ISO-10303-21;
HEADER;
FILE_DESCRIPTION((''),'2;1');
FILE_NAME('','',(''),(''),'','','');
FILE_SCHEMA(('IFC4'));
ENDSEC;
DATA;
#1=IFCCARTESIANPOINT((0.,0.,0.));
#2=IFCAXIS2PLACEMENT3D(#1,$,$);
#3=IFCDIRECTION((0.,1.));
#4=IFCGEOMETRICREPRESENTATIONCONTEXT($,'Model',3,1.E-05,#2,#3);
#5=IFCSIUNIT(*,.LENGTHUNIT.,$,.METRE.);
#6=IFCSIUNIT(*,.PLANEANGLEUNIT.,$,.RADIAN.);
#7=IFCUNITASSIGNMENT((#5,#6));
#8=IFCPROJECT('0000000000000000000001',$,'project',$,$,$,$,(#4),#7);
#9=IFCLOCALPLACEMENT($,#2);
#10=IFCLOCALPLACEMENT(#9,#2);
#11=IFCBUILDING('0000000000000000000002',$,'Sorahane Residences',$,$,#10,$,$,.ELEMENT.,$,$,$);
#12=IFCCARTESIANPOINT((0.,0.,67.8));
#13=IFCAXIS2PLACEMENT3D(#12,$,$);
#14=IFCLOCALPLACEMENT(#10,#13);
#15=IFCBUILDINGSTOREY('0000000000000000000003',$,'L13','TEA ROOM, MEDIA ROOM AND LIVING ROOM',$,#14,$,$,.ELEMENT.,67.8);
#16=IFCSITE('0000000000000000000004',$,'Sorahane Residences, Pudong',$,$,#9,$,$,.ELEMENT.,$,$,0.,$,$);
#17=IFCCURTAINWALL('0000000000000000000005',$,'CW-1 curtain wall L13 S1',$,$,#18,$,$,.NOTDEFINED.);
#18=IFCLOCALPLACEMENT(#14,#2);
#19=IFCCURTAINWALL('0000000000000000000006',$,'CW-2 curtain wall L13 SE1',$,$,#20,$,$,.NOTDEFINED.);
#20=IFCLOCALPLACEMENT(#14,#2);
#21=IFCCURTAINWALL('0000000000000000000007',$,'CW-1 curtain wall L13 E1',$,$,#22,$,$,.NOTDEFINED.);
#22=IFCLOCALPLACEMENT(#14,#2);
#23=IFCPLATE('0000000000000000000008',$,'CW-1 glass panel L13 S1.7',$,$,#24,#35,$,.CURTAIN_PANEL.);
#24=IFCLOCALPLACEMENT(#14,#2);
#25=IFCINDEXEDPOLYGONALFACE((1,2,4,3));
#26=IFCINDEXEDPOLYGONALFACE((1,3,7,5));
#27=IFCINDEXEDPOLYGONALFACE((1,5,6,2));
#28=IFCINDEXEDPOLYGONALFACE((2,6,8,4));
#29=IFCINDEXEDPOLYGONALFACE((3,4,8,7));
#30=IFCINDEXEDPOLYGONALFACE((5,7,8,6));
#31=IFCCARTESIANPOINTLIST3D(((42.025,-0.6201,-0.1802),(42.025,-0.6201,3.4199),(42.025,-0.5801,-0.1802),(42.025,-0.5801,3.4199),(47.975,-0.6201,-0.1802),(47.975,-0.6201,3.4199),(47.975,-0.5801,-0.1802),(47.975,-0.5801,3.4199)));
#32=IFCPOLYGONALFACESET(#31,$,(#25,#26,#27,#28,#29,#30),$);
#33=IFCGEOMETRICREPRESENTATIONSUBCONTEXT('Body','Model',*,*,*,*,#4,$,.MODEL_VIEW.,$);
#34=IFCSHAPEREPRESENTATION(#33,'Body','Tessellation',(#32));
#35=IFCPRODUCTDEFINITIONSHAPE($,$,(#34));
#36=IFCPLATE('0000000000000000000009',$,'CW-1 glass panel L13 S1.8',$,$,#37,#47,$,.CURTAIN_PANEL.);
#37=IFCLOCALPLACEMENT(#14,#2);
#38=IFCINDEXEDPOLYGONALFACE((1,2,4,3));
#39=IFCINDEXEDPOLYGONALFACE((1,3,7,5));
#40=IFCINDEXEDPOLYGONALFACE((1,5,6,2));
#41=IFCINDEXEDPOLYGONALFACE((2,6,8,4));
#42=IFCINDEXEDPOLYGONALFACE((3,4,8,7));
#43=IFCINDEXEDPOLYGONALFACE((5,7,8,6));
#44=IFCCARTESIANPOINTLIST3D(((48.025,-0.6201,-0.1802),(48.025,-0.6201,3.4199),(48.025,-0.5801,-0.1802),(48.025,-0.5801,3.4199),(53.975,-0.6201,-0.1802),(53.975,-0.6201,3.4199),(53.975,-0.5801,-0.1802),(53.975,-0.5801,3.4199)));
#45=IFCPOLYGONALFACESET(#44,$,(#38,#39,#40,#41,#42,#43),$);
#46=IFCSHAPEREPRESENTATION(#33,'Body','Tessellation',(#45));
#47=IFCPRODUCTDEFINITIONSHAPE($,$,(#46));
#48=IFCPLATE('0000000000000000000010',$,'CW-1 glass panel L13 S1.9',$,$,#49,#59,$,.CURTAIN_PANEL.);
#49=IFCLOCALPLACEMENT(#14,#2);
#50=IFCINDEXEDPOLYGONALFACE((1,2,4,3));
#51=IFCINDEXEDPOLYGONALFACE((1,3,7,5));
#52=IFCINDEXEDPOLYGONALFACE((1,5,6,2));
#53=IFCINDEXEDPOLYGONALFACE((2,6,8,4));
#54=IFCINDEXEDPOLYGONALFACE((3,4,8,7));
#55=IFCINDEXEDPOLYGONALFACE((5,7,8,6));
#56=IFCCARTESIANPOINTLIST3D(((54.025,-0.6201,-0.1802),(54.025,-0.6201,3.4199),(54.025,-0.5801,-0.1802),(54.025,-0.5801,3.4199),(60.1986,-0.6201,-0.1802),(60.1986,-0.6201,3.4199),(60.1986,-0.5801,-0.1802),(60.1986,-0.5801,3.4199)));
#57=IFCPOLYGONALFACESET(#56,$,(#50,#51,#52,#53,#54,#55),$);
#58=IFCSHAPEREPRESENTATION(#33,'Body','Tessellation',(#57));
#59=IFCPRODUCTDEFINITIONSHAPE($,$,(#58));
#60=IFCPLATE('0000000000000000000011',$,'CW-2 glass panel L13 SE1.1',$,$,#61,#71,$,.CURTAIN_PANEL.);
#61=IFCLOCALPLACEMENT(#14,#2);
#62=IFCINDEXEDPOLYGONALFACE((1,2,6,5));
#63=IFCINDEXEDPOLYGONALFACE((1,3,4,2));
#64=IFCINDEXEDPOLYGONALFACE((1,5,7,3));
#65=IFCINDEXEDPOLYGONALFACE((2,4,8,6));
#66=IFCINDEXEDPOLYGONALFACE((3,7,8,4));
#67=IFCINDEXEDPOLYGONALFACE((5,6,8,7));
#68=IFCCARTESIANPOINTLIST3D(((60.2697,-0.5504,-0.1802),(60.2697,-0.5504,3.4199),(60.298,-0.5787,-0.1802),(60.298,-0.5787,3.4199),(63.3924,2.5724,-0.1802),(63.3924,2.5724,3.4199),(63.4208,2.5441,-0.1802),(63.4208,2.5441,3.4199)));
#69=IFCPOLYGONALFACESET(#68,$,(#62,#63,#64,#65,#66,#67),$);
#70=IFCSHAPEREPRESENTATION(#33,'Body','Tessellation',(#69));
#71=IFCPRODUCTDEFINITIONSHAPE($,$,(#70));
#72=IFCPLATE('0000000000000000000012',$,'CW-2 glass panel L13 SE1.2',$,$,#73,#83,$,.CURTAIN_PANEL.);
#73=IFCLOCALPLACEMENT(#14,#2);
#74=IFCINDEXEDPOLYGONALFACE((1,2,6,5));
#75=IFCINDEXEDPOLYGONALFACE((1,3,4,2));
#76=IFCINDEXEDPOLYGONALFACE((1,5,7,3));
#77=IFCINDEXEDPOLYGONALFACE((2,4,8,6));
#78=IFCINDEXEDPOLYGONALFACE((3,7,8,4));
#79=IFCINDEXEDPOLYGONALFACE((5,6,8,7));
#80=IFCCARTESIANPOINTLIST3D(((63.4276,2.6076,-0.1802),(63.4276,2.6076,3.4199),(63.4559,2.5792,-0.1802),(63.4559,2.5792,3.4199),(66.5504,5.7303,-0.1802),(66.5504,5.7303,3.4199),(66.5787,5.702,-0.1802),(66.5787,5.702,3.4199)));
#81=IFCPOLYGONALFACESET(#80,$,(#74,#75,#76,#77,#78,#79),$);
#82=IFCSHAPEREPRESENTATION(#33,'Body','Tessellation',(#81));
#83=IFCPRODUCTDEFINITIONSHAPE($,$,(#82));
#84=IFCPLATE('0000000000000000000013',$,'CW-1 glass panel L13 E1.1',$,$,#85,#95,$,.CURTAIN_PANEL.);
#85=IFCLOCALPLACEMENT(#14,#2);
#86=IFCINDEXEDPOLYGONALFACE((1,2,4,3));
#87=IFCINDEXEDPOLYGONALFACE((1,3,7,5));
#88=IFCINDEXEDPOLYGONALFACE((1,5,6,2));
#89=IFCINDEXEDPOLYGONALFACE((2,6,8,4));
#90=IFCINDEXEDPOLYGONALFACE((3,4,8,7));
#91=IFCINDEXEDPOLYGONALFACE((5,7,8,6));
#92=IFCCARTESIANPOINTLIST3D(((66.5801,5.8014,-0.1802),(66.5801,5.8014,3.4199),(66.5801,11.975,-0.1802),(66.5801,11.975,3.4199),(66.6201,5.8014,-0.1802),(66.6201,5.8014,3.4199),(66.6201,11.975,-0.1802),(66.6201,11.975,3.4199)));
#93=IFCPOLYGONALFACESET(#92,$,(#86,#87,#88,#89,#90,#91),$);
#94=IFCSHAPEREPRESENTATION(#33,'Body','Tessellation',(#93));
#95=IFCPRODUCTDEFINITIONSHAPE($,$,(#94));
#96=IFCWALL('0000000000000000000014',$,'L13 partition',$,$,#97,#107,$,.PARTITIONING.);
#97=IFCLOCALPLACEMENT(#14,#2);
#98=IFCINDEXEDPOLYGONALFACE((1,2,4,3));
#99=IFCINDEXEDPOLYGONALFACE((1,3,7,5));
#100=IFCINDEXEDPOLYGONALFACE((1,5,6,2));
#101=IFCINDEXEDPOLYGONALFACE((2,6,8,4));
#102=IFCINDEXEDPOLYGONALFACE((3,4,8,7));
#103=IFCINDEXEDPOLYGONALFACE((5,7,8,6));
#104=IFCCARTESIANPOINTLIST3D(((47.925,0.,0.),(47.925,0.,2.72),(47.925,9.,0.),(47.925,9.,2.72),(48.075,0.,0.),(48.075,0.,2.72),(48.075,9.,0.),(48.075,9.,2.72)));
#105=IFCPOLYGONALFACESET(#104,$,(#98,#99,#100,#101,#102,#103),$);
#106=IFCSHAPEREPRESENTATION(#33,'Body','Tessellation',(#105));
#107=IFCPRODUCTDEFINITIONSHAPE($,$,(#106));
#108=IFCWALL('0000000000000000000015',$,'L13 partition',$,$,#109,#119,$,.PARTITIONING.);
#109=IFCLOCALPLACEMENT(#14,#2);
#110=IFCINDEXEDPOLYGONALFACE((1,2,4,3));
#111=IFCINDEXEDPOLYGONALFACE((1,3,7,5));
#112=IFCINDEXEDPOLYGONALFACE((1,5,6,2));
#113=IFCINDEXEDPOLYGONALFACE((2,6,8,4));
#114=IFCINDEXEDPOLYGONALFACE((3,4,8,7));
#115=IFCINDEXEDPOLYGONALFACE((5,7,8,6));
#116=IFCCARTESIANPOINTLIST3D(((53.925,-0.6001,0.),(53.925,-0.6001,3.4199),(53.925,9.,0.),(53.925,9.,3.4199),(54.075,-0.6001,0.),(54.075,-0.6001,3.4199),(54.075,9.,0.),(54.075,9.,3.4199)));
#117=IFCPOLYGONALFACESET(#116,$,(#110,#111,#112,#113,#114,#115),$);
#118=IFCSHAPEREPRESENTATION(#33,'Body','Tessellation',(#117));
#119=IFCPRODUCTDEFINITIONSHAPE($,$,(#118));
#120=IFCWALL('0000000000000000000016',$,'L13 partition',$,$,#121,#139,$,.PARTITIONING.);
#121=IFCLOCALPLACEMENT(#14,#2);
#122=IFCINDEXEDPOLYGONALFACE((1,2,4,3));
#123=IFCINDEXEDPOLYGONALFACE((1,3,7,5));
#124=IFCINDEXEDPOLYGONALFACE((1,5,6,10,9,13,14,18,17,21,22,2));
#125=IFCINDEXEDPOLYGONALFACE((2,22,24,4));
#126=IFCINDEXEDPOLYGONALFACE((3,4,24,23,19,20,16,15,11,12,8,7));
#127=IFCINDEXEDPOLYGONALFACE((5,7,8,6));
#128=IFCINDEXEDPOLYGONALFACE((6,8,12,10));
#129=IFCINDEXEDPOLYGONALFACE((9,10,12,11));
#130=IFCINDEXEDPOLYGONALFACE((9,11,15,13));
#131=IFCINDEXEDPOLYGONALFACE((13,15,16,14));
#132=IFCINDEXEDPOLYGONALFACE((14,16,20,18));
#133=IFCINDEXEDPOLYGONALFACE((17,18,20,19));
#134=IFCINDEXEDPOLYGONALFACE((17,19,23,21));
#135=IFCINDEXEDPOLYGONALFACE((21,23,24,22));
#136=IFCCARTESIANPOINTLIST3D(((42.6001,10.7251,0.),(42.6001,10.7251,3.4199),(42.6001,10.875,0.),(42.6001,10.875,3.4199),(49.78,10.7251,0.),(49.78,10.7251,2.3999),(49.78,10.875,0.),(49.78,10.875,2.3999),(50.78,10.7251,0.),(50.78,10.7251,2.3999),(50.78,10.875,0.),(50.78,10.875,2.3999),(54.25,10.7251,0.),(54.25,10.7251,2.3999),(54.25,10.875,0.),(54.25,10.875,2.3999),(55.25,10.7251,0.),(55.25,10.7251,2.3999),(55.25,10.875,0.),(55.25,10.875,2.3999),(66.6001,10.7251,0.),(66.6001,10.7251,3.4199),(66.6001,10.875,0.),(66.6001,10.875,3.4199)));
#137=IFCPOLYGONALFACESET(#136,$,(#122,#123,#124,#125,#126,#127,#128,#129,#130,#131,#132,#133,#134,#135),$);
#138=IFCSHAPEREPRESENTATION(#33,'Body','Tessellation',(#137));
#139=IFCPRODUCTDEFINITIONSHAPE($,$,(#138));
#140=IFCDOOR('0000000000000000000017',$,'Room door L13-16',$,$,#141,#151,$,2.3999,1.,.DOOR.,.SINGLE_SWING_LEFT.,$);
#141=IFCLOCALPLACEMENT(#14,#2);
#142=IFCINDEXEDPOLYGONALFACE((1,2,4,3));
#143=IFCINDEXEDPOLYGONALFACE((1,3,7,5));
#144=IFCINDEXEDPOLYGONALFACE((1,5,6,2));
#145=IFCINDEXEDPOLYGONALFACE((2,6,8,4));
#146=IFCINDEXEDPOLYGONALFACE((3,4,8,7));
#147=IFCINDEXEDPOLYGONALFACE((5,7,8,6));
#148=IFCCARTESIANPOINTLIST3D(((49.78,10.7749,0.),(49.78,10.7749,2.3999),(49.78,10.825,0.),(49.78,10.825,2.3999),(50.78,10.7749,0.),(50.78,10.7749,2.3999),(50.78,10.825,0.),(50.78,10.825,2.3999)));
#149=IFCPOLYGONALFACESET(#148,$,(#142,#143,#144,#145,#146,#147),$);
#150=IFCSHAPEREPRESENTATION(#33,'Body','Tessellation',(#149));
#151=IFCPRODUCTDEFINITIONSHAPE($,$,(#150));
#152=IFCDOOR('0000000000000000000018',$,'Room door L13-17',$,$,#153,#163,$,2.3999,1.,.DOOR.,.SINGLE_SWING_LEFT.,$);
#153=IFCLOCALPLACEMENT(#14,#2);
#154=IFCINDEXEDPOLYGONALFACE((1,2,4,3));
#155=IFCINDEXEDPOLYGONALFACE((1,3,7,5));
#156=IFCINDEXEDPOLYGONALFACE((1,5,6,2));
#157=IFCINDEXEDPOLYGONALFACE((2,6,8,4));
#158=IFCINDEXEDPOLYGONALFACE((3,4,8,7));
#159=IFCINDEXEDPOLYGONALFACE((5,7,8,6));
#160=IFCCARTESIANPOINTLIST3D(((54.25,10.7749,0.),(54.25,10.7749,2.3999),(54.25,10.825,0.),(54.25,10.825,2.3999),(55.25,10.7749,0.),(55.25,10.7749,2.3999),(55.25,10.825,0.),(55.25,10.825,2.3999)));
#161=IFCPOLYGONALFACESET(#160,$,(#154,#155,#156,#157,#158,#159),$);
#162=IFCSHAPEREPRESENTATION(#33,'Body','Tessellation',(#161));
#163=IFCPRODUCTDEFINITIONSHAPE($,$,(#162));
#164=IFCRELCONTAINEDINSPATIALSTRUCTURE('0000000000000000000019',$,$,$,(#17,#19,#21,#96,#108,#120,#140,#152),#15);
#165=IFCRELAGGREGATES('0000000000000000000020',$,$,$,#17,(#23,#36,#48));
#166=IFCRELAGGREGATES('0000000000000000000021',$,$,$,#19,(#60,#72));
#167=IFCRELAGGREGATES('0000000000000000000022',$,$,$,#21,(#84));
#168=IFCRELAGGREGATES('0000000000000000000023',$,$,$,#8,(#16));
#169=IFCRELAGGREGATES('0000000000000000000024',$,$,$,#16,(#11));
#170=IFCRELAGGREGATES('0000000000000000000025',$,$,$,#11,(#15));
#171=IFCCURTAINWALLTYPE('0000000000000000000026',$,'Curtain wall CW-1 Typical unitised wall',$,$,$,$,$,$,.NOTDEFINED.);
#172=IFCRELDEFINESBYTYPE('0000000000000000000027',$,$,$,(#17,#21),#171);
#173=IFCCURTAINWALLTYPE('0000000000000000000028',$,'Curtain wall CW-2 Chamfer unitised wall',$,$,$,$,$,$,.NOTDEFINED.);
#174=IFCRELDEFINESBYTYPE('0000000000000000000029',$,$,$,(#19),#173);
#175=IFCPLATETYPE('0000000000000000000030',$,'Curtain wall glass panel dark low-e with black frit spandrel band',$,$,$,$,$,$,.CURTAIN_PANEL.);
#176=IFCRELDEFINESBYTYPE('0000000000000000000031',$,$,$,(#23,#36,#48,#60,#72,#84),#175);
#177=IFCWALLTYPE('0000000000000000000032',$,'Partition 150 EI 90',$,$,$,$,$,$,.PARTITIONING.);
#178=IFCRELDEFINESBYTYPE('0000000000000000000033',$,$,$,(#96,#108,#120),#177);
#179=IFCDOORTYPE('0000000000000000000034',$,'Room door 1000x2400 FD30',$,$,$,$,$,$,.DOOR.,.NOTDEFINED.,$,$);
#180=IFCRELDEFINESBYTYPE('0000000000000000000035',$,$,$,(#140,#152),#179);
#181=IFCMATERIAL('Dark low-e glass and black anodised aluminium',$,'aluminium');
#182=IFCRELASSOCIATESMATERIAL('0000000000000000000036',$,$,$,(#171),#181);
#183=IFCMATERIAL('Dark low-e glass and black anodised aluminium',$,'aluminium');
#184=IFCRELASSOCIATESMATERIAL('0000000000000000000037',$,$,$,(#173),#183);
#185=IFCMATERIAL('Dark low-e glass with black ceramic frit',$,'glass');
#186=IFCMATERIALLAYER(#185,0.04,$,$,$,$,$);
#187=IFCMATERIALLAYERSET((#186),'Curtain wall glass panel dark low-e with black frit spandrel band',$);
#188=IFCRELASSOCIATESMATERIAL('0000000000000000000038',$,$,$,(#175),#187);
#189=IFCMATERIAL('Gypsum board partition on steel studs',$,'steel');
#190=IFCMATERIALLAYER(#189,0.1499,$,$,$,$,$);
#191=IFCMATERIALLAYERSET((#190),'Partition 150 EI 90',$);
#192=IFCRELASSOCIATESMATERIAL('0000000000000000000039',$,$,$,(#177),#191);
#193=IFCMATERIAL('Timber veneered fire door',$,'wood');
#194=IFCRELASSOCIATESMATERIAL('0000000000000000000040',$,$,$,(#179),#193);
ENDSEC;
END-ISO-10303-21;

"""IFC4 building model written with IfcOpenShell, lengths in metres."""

from ifc_helpers import new_model, si_unit, direction, frame, frame_2d, origin, origin_2d, place, context, subcontext, project, spatial, rectangle, extrude, material, layer, layer_set, type_object, element, fill, aggregate, save


model = new_model("IFC4")

# Units and contexts
model_context = context("Model", 3, precision=1e-05, world=origin(), true_north=direction((0.0, 1.0)))
body_context = subcontext(model_context, "Body", "Model", "MODEL_VIEW")
ifc_project = project(units=[si_unit("LENGTHUNIT", "METRE"), si_unit("PLANEANGLEUNIT", "RADIAN")], contexts=[model_context])

# Site, building, storey
site_placement = place(None, origin())
site = spatial("IfcSite", under=ifc_project, at=site_placement, Name="Sorahane Residences, Pudong", CompositionType="ELEMENT", RefElevation=0.0)
building_placement = place(site_placement, origin())
building = spatial("IfcBuilding", under=site, at=building_placement, Name="Sorahane Residences", CompositionType="ELEMENT")
storey_placement = place(building_placement, frame((0.0, 0.0, 67.8)))
storey = spatial("IfcBuildingStorey", under=building, at=storey_placement, Name="L13", Description="TEA ROOM, MEDIA ROOM AND LIVING ROOM", CompositionType="ELEMENT", Elevation=67.8)

# Curtain walls
ifc_material_1 = material(Name="Dark low-e glass and black anodised aluminium", Category="aluminium")
curtain_wall_type_1 = type_object("IfcCurtainWallType", Name="Curtain wall CW-1 Typical unitised wall", PredefinedType="NOTDEFINED", material=ifc_material_1)
curtain_wall_1_placement = place(storey_placement, origin())
curtain_wall_1 = element("IfcCurtainWall", 1, at=curtain_wall_1_placement, inside=storey, type_object=curtain_wall_type_1, Name="CW-1 curtain wall L13 S1", PredefinedType="NOTDEFINED")
ifc_material_2 = material(Name="Dark low-e glass and black anodised aluminium", Category="aluminium")
curtain_wall_type_2 = type_object("IfcCurtainWallType", Name="Curtain wall CW-2 Chamfer unitised wall", PredefinedType="NOTDEFINED", material=ifc_material_2)
curtain_wall_2_placement = place(storey_placement, origin())
curtain_wall_2 = element("IfcCurtainWall", 2, at=curtain_wall_2_placement, inside=storey, type_object=curtain_wall_type_2, Name="CW-2 curtain wall L13 SE1", PredefinedType="NOTDEFINED")

# Curtain wall
curtain_wall_3_placement = place(storey_placement, origin())
curtain_wall_3 = element("IfcCurtainWall", 3, at=curtain_wall_3_placement, inside=storey, type_object=curtain_wall_type_1, Name="CW-1 curtain wall L13 E1", PredefinedType="NOTDEFINED")

# Plates
ifc_material_3 = material(Name="Dark low-e glass with black ceramic frit", Category="glass")
ifc_layer_1 = layer(ifc_material_3, 0.04)
ifc_layer_set_1 = layer_set([ifc_layer_1], Name="Curtain wall glass panel dark low-e with black frit spandrel band")
plate_type = type_object("IfcPlateType", Name="Curtain wall glass panel dark low-e with black frit spandrel band", PredefinedType="CURTAIN_PANEL", material=ifc_layer_set_1)
plate_1_placement = place(storey_placement, frame((45.0, -0.6001, -0.1802), z_axis=(0.0, 0.0, 1.0), x_axis=(1.0, 0.0, 0.0)))
plate_1 = element("IfcPlate", 4, at=plate_1_placement, type_object=plate_type, Name="CW-1 glass panel L13 S1.7", PredefinedType="CURTAIN_PANEL", context=body_context, shape_type="SweptSolid", body=[
    extrude(rectangle(XDim=5.95, YDim=0.04, at=origin_2d()), origin(), (0.0, 0.0, 1.0), 3.6001),
])
plate_2_placement = place(storey_placement, frame((51.0, -0.6001, -0.1802), z_axis=(0.0, 0.0, 1.0), x_axis=(1.0, 0.0, 0.0)))
plate_2 = element("IfcPlate", 5, at=plate_2_placement, type_object=plate_type, Name="CW-1 glass panel L13 S1.8", PredefinedType="CURTAIN_PANEL", context=body_context, shape_type="SweptSolid", body=[
    extrude(rectangle(XDim=5.95, YDim=0.04, at=origin_2d()), origin(), (0.0, 0.0, 1.0), 3.6001),
])
plate_3_placement = place(storey_placement, frame((57.1118, -0.6001, -0.1802), z_axis=(0.0, 0.0, 1.0), x_axis=(1.0, 0.0, 0.0)))
plate_3 = element("IfcPlate", 6, at=plate_3_placement, type_object=plate_type, Name="CW-1 glass panel L13 S1.9", PredefinedType="CURTAIN_PANEL", context=body_context, shape_type="SweptSolid", body=[
    extrude(rectangle(XDim=6.1736, YDim=0.04, at=origin_2d()), origin(), (0.0, 0.0, 1.0), 3.6001),
])
aggregate(curtain_wall_1, [plate_1, plate_2, plate_3])
plate_4_placement = place(storey_placement, frame((61.8452, 0.9968, -0.1802), z_axis=(0.0, 0.0, 1.0), x_axis=(0.707107, 0.707107, 0.0)))
plate_4 = element("IfcPlate", 7, at=plate_4_placement, type_object=plate_type, Name="CW-2 glass panel L13 SE1.1", PredefinedType="CURTAIN_PANEL", context=body_context, shape_type="SweptSolid", body=[
    extrude(rectangle(XDim=4.4163, YDim=0.04, at=origin_2d()), origin(), (0.0, 0.0, 1.0), 3.6001),
])
plate_5_placement = place(storey_placement, frame((65.0032, 4.1548, -0.1802), z_axis=(0.0, 0.0, 1.0), x_axis=(0.707107, 0.707107, 0.0)))
plate_5 = element("IfcPlate", 8, at=plate_5_placement, type_object=plate_type, Name="CW-2 glass panel L13 SE1.2", PredefinedType="CURTAIN_PANEL", context=body_context, shape_type="SweptSolid", body=[
    extrude(rectangle(XDim=4.4163, YDim=0.04, at=origin_2d()), origin(), (0.0, 0.0, 1.0), 3.6001),
])
aggregate(curtain_wall_2, [plate_4, plate_5])
plate_6_placement = place(storey_placement, frame((66.6001, 8.8882, -0.1802), z_axis=(0.0, 0.0, 1.0), x_axis=(0.0, 1.0, 0.0)))
plate_6 = element("IfcPlate", 9, at=plate_6_placement, type_object=plate_type, Name="CW-1 glass panel L13 E1.1", PredefinedType="CURTAIN_PANEL", context=body_context, shape_type="SweptSolid", body=[
    extrude(rectangle(XDim=6.1736, YDim=0.04, at=origin_2d()), origin(), (0.0, 0.0, 1.0), 3.6001),
])
aggregate(curtain_wall_3, [plate_6])

# Walls
ifc_material_4 = material(Name="Gypsum board partition on steel studs", Category="steel")
ifc_layer_2 = layer(ifc_material_4, 0.1499)
ifc_layer_set_2 = layer_set([ifc_layer_2], Name="Partition 150 EI 90")
wall_type = type_object("IfcWallType", Name="Partition 150 EI 90", PredefinedType="PARTITIONING", material=ifc_layer_set_2)
wall_1_placement = place(storey_placement, frame((48.0, 0.0, 0.0), z_axis=(0.0, 0.0, 1.0), x_axis=(0.0, 1.0, 0.0)))
element("IfcWall", 10, at=wall_1_placement, inside=storey, type_object=wall_type, Name="L13 partition", PredefinedType="PARTITIONING", context=body_context, shape_type="SweptSolid", body=[
    extrude(rectangle(XDim=9.0, YDim=0.1499, at=frame_2d((4.5, 0.0))), origin(), (0.0, 0.0, 1.0), 2.72),
])
wall_2_placement = place(storey_placement, frame((54.0, -0.6001, 0.0), z_axis=(0.0, 0.0, 1.0), x_axis=(0.0, 1.0, 0.0)))
element("IfcWall", 11, at=wall_2_placement, inside=storey, type_object=wall_type, Name="L13 partition", PredefinedType="PARTITIONING", context=body_context, shape_type="SweptSolid", body=[
    extrude(rectangle(XDim=9.6001, YDim=0.1499, at=frame_2d((4.8, 0.0))), origin(), (0.0, 0.0, 1.0), 3.4199),
])

# Wall, openings, doors
wall_3_placement = place(storey_placement, frame((42.6001, 10.8, 0.0), z_axis=(0.0, 0.0, 1.0), x_axis=(1.0, 0.0, 0.0)))
wall_3 = element("IfcWall", 12, at=wall_3_placement, inside=storey, type_object=wall_type, Name="L13 partition", PredefinedType="PARTITIONING", context=body_context, shape_type="SweptSolid", body=[
    extrude(rectangle(XDim=24.0, YDim=0.1499, at=frame_2d((12.0, 0.0))), origin(), (0.0, 0.0, 1.0), 3.4199),
])
opening_1_placement = place(wall_3_placement, frame((7.1799, 0.0, 0.0)))
opening_1 = element("IfcOpeningElement", 13, at=opening_1_placement, cuts=wall_3, PredefinedType="OPENING", context=body_context, shape_type="SweptSolid", body=[
    extrude(rectangle(XDim=1.0, YDim=2.3999, at=frame_2d((0.5, 1.2))), frame((0.0, 0.085, 0.0), z_axis=(0.0, -1.0, 0.0), x_axis=(1.0, 0.0, 0.0)), (0.0, 0.0, 1.0), 0.1699),
])
opening_2_placement = place(wall_3_placement, frame((11.6499, 0.0, 0.0)))
opening_2 = element("IfcOpeningElement", 14, at=opening_2_placement, cuts=wall_3, PredefinedType="OPENING", context=body_context, shape_type="SweptSolid", body=[
    extrude(rectangle(XDim=1.0, YDim=2.3999, at=frame_2d((0.5, 1.2))), frame((0.0, 0.085, 0.0), z_axis=(0.0, -1.0, 0.0), x_axis=(1.0, 0.0, 0.0)), (0.0, 0.0, 1.0), 0.1699),
])
ifc_material_5 = material(Name="Timber veneered fire door", Category="wood")
door_type_1 = type_object("IfcDoorType", Name="Room door 1000x2400 FD30", OperationType="NOTDEFINED", PredefinedType="DOOR", material=ifc_material_5)
door_1_placement = place(opening_1_placement, origin())
door_1 = element("IfcDoor", 15, at=door_1_placement, inside=storey, type_object=door_type_1, Name="Room door L13-16", OperationType="SINGLE_SWING_LEFT", OverallHeight=2.3999, OverallWidth=1.0, PredefinedType="DOOR", context=body_context, shape_type="SweptSolid", body=[
    extrude(rectangle(XDim=1.0, YDim=2.3999, at=frame_2d((0.5, 1.2))), frame((0.0, 0.0249, 0.0), z_axis=(0.0, -1.0, 0.0), x_axis=(1.0, 0.0, 0.0)), (0.0, 0.0, 1.0), 0.05),
])
fill(opening_1, door_1)
door_2_placement = place(opening_2_placement, origin())
door_2 = element("IfcDoor", 16, at=door_2_placement, inside=storey, type_object=door_type_1, Name="Room door L13-17", OperationType="SINGLE_SWING_LEFT", OverallHeight=2.3999, OverallWidth=1.0, PredefinedType="DOOR", context=body_context, shape_type="SweptSolid", body=[
    extrude(rectangle(XDim=1.0, YDim=2.3999, at=frame_2d((0.5, 1.2))), frame((0.0, 0.0249, 0.0), z_axis=(0.0, -1.0, 0.0), x_axis=(1.0, 0.0, 0.0)), (0.0, 0.0, 1.0), 0.05),
])
fill(opening_2, door_2)

save(model, "model.ifc")
